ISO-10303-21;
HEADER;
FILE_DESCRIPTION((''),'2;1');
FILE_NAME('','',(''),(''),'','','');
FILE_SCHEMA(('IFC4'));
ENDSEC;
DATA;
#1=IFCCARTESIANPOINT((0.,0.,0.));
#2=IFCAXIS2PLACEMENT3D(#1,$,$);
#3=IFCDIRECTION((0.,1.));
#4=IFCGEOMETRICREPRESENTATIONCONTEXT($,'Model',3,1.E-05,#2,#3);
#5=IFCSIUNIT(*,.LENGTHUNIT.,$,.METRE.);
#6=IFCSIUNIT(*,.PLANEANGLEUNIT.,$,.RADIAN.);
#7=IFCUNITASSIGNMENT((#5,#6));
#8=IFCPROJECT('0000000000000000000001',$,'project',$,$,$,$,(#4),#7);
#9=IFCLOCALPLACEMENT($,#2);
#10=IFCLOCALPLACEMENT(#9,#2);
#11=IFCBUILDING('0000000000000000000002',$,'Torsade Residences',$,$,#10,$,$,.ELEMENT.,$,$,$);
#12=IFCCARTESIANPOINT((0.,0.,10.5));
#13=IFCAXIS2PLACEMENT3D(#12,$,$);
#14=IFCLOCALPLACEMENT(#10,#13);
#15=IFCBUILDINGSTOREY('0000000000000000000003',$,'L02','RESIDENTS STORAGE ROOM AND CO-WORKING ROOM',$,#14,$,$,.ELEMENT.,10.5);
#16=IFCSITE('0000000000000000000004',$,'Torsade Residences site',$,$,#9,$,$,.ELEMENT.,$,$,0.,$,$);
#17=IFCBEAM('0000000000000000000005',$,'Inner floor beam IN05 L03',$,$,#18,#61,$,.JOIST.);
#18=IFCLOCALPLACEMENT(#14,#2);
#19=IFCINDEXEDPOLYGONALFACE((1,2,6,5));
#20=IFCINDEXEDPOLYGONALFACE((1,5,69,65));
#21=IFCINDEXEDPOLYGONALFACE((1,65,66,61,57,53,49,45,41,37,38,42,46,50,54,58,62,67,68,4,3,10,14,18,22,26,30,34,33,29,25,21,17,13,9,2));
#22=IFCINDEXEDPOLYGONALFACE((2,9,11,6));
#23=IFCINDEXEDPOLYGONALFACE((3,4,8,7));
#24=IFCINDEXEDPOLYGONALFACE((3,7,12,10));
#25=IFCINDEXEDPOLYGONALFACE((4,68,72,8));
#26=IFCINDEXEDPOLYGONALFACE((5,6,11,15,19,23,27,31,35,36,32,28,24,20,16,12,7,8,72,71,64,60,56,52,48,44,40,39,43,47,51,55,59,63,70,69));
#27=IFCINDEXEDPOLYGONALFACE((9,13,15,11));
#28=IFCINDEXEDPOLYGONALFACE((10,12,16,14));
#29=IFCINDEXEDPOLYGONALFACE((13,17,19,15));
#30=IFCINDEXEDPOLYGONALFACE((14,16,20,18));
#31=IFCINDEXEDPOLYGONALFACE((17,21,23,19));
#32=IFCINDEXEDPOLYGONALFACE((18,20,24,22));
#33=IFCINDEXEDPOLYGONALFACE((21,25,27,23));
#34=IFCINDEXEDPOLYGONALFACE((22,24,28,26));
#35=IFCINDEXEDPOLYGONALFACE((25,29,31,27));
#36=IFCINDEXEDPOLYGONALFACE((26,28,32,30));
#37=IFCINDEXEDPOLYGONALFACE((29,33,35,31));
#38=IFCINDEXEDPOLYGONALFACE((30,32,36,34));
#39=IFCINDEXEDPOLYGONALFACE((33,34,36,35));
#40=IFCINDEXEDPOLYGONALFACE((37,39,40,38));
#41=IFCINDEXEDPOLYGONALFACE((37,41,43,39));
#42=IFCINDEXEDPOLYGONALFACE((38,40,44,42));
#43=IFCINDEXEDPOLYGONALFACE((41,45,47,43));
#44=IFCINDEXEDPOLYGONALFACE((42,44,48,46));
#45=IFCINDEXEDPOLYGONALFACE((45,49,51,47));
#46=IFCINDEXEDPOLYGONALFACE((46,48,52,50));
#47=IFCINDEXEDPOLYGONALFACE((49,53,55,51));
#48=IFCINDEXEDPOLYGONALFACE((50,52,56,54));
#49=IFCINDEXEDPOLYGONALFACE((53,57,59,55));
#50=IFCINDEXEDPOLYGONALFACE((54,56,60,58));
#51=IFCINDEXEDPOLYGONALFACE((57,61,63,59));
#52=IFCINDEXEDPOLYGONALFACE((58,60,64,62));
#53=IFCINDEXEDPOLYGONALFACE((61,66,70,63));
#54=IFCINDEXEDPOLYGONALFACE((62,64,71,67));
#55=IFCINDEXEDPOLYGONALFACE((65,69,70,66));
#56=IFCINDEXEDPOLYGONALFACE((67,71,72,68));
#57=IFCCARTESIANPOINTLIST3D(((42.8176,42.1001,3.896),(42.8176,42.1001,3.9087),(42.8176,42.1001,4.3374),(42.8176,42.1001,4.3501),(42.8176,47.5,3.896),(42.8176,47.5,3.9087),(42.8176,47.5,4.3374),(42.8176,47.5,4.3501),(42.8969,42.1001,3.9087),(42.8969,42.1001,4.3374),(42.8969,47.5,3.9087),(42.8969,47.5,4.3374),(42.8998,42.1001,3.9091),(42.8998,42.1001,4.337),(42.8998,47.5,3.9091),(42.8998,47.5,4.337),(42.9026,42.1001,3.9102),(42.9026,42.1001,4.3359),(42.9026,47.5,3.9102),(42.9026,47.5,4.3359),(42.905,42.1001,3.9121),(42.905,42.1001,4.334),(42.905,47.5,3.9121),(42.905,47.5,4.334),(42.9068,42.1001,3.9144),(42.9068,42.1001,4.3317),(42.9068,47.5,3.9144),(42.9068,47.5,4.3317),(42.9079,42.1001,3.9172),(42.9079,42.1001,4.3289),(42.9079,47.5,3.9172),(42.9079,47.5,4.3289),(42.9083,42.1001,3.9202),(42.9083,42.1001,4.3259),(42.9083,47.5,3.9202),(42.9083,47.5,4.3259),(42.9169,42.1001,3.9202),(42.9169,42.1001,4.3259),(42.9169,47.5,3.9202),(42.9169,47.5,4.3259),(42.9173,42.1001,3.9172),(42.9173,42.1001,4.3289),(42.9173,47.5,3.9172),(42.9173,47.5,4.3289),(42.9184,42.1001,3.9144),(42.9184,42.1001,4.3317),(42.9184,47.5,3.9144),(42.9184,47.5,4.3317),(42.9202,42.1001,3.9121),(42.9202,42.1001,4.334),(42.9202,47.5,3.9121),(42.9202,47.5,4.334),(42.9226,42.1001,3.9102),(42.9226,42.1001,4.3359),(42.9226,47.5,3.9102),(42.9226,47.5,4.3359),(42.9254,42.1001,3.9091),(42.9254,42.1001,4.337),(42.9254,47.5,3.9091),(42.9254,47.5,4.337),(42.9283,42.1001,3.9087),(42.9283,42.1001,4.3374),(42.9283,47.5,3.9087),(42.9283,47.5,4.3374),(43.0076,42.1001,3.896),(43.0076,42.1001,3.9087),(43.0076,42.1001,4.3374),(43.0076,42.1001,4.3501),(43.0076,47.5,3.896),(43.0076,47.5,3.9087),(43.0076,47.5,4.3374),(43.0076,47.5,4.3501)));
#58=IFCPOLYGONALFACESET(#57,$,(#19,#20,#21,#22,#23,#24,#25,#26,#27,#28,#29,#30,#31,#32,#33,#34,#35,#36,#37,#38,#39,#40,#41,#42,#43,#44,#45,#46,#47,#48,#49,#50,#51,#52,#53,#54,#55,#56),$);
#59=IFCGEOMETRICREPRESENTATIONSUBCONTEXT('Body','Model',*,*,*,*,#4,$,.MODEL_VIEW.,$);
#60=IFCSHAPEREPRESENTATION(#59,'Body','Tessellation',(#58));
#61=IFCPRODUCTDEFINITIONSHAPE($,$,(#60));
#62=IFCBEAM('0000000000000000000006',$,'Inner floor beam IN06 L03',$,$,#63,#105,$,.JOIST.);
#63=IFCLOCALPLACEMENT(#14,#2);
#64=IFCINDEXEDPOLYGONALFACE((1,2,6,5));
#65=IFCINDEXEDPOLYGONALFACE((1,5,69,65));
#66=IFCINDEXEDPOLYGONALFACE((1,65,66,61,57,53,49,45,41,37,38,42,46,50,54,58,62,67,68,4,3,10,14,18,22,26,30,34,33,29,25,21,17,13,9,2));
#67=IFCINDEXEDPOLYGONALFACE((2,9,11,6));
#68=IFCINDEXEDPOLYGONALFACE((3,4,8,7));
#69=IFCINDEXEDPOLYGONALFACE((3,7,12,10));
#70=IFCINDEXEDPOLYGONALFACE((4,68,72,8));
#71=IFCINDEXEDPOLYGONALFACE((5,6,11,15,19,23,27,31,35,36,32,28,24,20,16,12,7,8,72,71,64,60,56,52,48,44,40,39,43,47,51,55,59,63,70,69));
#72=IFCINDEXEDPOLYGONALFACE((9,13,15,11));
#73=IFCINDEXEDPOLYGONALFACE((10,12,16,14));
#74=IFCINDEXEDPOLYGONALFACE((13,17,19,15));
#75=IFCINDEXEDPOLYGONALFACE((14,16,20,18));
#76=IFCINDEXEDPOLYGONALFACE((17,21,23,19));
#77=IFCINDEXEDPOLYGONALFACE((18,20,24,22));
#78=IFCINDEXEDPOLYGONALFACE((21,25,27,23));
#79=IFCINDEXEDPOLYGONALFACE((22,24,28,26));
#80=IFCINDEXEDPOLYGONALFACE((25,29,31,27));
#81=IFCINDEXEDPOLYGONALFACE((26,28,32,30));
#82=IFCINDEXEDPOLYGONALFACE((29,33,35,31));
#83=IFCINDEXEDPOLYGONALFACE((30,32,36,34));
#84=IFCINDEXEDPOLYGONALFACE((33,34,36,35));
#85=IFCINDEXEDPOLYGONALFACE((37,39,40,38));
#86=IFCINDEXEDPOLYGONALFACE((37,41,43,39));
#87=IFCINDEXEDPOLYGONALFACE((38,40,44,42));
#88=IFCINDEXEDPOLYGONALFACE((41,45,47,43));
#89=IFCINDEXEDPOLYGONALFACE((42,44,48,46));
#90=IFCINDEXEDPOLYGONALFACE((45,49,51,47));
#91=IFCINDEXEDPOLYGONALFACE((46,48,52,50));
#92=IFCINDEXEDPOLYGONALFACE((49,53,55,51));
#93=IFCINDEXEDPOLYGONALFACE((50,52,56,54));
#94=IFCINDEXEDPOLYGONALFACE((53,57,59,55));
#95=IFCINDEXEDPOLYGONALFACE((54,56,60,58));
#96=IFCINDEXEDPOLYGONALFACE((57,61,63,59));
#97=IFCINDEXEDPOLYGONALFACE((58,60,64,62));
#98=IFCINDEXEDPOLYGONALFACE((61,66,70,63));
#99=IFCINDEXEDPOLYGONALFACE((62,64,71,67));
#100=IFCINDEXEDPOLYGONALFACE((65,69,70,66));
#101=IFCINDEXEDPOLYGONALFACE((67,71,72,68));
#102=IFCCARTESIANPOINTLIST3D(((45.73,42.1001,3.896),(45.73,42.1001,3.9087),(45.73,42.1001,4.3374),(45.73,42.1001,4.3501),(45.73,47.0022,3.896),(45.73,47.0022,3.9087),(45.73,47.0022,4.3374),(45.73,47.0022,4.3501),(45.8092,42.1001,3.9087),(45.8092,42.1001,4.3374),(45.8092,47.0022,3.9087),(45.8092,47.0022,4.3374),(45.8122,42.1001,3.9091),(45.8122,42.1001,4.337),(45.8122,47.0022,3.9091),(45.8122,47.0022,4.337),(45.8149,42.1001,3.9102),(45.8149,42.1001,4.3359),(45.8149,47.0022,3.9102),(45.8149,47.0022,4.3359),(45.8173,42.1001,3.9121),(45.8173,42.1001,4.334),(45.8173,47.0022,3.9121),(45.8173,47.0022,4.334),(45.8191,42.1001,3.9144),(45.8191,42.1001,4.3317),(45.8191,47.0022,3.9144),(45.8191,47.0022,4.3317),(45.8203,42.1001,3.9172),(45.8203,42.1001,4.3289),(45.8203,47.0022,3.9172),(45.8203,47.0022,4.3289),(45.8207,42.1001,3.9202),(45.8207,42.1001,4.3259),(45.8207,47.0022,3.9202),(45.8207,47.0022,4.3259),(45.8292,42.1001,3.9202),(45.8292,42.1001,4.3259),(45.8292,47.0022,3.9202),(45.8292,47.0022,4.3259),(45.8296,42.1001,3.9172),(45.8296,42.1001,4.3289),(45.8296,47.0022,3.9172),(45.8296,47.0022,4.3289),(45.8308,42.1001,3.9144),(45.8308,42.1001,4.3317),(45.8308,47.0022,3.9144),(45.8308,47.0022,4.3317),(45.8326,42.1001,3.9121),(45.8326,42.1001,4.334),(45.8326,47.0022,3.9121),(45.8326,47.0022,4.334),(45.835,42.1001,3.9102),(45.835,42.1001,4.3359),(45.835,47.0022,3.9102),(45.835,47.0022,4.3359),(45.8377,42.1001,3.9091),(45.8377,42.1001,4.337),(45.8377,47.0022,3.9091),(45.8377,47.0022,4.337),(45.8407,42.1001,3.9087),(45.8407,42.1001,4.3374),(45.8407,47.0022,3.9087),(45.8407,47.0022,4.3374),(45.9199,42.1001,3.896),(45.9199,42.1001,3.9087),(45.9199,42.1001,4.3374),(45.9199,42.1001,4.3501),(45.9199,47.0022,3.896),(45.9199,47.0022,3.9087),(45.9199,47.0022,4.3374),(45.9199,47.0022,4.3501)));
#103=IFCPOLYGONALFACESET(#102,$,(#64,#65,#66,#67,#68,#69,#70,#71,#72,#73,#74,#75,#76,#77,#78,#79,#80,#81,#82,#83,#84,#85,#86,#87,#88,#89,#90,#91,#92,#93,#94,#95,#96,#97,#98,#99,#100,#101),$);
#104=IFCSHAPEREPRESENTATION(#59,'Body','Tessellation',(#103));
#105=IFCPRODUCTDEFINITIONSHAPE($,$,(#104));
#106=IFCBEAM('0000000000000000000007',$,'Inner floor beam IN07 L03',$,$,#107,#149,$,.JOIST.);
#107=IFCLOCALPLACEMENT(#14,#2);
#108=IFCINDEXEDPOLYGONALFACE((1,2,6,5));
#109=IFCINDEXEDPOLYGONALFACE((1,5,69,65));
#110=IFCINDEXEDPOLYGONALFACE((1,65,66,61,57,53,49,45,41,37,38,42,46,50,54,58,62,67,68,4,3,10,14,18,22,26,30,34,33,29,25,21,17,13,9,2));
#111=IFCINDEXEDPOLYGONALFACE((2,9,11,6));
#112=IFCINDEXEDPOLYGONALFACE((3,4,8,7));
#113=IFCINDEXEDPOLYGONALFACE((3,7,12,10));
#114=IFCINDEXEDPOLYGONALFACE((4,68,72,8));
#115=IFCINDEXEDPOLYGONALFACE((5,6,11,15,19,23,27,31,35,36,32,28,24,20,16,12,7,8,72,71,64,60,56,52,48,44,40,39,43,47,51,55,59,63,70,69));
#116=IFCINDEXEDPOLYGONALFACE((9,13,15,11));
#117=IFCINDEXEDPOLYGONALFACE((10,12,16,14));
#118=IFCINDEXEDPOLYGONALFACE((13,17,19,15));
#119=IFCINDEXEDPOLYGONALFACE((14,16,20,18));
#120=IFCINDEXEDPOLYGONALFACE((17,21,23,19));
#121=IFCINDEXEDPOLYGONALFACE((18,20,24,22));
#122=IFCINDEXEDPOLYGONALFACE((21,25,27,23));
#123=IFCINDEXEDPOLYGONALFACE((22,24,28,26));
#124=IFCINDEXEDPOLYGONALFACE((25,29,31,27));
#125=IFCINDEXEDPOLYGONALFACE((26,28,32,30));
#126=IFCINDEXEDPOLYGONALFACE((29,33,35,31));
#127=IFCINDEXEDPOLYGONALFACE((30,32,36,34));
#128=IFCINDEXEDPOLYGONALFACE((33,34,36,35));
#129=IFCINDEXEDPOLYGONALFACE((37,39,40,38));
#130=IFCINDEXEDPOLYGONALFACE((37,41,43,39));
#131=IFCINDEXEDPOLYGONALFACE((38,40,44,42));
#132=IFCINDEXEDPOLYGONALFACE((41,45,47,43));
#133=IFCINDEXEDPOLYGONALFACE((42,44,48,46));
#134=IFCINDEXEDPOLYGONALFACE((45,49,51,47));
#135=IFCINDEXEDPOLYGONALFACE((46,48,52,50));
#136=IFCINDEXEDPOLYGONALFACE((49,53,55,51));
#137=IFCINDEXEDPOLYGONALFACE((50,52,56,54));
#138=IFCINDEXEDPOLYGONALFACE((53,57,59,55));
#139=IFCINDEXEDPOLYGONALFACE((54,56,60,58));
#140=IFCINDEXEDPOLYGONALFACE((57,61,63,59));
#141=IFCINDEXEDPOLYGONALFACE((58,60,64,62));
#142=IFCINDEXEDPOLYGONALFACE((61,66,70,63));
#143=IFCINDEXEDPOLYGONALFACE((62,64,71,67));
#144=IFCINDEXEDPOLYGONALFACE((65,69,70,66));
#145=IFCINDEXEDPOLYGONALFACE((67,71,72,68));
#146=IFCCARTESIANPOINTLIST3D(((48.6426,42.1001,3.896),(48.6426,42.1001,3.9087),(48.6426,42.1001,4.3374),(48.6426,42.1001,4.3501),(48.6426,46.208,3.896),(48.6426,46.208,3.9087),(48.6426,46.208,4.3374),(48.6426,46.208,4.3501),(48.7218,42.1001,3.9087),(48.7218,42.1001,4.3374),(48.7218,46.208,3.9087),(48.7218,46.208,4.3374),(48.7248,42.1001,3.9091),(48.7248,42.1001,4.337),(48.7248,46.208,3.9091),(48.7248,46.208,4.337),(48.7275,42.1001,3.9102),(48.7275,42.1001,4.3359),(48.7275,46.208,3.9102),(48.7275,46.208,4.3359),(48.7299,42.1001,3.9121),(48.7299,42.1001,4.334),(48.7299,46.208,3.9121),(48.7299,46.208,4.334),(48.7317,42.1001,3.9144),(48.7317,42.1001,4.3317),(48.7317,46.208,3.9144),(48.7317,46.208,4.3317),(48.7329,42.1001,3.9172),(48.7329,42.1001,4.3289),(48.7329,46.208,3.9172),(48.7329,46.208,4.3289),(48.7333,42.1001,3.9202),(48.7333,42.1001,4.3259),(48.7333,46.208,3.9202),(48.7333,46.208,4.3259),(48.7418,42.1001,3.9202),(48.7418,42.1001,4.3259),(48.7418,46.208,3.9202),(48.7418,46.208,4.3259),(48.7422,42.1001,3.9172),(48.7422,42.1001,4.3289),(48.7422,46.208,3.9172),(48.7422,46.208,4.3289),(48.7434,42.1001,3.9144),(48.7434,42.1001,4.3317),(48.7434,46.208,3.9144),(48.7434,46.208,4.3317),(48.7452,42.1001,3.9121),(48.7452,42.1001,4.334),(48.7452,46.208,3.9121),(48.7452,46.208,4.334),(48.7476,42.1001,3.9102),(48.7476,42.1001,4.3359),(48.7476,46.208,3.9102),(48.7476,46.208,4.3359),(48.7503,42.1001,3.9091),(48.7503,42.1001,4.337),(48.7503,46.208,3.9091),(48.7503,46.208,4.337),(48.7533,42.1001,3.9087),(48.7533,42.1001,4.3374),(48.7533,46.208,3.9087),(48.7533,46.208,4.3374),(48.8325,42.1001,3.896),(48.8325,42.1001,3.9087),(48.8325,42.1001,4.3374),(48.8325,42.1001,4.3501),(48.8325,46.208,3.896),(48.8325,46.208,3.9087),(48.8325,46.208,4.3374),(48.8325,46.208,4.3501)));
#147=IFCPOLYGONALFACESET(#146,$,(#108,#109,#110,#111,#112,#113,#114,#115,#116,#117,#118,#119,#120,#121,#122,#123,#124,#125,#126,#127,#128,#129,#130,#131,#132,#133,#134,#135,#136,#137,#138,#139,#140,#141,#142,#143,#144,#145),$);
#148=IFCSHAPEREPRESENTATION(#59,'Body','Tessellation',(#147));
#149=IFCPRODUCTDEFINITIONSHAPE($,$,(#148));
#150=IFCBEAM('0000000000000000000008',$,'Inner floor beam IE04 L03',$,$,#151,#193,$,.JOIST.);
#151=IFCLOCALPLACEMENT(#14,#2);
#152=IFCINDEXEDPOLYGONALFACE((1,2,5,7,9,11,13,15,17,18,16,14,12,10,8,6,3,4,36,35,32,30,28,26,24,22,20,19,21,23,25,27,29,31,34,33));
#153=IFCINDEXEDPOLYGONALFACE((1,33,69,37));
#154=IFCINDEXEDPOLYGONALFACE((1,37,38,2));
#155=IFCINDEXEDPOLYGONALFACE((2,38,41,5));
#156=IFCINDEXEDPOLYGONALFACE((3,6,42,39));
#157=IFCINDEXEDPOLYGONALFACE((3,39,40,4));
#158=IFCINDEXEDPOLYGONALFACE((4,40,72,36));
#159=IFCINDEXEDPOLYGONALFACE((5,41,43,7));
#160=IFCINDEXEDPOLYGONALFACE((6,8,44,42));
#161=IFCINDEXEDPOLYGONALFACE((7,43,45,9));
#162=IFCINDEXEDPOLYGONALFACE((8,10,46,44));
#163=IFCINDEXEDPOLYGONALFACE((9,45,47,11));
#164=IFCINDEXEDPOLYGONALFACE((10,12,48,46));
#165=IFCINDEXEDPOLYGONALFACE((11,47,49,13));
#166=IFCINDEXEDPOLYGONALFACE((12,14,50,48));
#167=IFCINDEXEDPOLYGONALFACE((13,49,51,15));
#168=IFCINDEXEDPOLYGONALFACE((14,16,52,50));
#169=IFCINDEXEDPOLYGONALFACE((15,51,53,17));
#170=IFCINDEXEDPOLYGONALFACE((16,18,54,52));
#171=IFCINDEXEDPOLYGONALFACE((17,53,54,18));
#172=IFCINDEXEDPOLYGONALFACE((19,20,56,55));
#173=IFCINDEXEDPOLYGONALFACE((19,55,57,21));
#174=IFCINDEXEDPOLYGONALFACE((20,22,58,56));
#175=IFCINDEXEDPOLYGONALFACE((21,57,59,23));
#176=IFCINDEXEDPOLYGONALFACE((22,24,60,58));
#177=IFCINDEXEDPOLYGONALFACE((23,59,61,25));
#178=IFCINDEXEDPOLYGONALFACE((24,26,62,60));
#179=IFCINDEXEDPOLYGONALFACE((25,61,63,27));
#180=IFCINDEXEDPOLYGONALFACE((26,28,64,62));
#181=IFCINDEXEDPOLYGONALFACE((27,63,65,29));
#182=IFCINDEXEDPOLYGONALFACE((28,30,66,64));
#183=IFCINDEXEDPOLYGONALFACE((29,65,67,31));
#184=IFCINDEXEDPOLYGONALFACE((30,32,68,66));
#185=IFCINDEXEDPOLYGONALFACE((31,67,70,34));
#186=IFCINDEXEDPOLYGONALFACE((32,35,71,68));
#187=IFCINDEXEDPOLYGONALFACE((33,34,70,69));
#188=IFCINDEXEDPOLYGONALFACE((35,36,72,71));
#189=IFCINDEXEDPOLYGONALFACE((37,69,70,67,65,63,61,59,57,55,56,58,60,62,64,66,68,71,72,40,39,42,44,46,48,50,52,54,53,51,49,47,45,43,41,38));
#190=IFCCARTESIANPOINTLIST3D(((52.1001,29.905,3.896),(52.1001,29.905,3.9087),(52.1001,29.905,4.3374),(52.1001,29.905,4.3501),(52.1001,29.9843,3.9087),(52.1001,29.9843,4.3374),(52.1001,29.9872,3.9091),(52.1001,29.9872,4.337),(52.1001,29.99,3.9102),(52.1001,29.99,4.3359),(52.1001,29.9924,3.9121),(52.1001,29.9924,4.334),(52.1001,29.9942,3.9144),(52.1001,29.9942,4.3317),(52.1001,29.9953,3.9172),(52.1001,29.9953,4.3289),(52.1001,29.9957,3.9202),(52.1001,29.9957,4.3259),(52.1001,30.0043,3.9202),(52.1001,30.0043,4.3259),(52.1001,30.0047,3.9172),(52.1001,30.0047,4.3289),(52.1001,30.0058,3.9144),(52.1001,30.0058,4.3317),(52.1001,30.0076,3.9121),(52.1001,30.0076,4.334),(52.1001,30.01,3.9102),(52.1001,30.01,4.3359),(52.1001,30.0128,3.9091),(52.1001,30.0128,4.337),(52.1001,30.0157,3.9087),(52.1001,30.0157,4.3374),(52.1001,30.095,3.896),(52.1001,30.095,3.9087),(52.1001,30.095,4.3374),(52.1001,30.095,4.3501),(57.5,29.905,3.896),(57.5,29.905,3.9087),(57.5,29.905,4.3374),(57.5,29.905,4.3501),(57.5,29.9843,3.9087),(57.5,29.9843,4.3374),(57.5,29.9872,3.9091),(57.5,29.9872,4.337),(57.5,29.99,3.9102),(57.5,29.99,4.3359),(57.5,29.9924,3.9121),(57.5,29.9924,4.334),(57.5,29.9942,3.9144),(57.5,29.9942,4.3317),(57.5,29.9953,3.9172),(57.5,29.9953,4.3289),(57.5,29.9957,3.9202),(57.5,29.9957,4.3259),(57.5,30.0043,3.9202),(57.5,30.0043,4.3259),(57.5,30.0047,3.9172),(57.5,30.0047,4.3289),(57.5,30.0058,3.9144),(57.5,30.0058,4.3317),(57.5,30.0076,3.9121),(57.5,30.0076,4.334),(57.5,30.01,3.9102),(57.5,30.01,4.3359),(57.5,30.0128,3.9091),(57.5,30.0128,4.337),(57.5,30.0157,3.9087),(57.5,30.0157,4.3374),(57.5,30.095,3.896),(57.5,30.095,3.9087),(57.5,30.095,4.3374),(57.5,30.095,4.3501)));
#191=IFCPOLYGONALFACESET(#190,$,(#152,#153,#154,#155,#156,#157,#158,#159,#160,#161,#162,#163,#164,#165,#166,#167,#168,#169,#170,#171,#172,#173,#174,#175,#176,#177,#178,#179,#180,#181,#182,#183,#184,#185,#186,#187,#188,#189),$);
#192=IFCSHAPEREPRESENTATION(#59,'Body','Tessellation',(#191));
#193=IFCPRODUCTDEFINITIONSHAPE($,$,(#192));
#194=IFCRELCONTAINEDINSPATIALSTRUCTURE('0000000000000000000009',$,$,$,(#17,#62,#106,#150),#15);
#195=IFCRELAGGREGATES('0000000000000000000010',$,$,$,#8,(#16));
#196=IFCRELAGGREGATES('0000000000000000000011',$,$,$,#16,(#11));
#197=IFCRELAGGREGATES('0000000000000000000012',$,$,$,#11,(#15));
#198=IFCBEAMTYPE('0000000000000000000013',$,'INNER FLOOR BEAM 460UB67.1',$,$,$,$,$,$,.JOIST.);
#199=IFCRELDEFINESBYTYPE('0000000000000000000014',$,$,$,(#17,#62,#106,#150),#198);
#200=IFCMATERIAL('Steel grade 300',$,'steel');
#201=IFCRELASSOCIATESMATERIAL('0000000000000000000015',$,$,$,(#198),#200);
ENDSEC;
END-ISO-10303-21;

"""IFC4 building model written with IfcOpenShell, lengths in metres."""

from ifc_helpers import new_model, si_unit, direction, frame, origin, origin_2d, place, context, subcontext, project, spatial, i_section, extrude, material, material_profile, profile_set, type_object, element, save


model = new_model("IFC4")

# Units and contexts
model_context = context("Model", 3, precision=1e-05, world=origin(), true_north=direction((0.0, 1.0)))
body_context = subcontext(model_context, "Body", "Model", "MODEL_VIEW")
ifc_project = project(units=[si_unit("LENGTHUNIT", "METRE"), si_unit("PLANEANGLEUNIT", "RADIAN")], contexts=[model_context])

# Site, building, storey
site_placement = place(None, origin())
site = spatial("IfcSite", under=ifc_project, at=site_placement, Name="Torsade Residences site", CompositionType="ELEMENT", RefElevation=0.0)
building_placement = place(site_placement, origin())
building = spatial("IfcBuilding", under=site, at=building_placement, Name="Torsade Residences", CompositionType="ELEMENT")
storey_placement = place(building_placement, frame((0.0, 0.0, 10.5)))
storey = spatial("IfcBuildingStorey", under=building, at=storey_placement, Name="L02", Description="RESIDENTS STORAGE ROOM AND CO-WORKING ROOM", CompositionType="ELEMENT", Elevation=10.5)

# Beams
ifc_material_1 = material(Name="Steel grade 300", Category="steel")
ifc_material_profile_1 = material_profile(ifc_material_1, i_section(OverallWidth=0.1899, OverallDepth=0.4541, WebThickness=0.0085, FlangeThickness=0.0127, FilletRadius=0.0115, at=origin_2d()), Name="460UB67.1")
ifc_profile_set_1 = profile_set([ifc_material_profile_1], Name="Steel grade 300")
beam_type_1 = type_object("IfcBeamType", Name="INNER FLOOR BEAM 460UB67.1", PredefinedType="JOIST", material=ifc_profile_set_1)
for number, where, z_axis, x_axis, name in (
    (1, (42.9126, 42.1001, 4.123), (0.0, 1.0, 0.0), (-1.0, 0.0, 0.0), "Inner floor beam IN05 L03"),
):
    element("IfcBeam", number, at=place(storey_placement, frame(where, z_axis=z_axis, x_axis=x_axis)), inside=storey, type_object=beam_type_1, Name=name, PredefinedType="JOIST", context=body_context, shape_type="SweptSolid", body=[
        extrude(i_section(OverallWidth=0.1899, OverallDepth=0.4541, WebThickness=0.0085, FlangeThickness=0.0127, FilletRadius=0.0115, at=origin_2d()), origin(), (0.0, 0.0, 1.0), 5.3999),
    ])
beam_1_placement = place(storey_placement, frame((45.825, 42.1001, 4.123), z_axis=(0.0, 1.0, 0.0), x_axis=(-1.0, 0.0, 0.0)))
element("IfcBeam", 2, at=beam_1_placement, inside=storey, type_object=beam_type_1, Name="Inner floor beam IN06 L03", PredefinedType="JOIST", context=body_context, shape_type="SweptSolid", body=[
    extrude(i_section(OverallWidth=0.1899, OverallDepth=0.4541, WebThickness=0.0085, FlangeThickness=0.0127, FilletRadius=0.0115, at=origin_2d()), origin(), (0.0, 0.0, 1.0), 4.9021),
])
beam_2_placement = place(storey_placement, frame((48.7375, 42.1001, 4.123), z_axis=(0.0, 1.0, 0.0), x_axis=(-1.0, 0.0, 0.0)))
element("IfcBeam", 3, at=beam_2_placement, inside=storey, type_object=beam_type_1, Name="Inner floor beam IN07 L03", PredefinedType="JOIST", context=body_context, shape_type="SweptSolid", body=[
    extrude(i_section(OverallWidth=0.1899, OverallDepth=0.4541, WebThickness=0.0085, FlangeThickness=0.0127, FilletRadius=0.0115, at=origin_2d()), origin(), (0.0, 0.0, 1.0), 4.1079),
])
for number, where, z_axis, x_axis, name in (
    (4, (52.1001, 30.0, 4.123), (1.0, 0.0, 0.0), (0.0, 1.0, 0.0), "Inner floor beam IE04 L03"),
):
    element("IfcBeam", number, at=place(storey_placement, frame(where, z_axis=z_axis, x_axis=x_axis)), inside=storey, type_object=beam_type_1, Name=name, PredefinedType="JOIST", context=body_context, shape_type="SweptSolid", body=[
        extrude(i_section(OverallWidth=0.1899, OverallDepth=0.4541, WebThickness=0.0085, FlangeThickness=0.0127, FilletRadius=0.0115, at=origin_2d()), origin(), (0.0, 0.0, 1.0), 5.3999),
    ])

save(model, "model.ifc")
